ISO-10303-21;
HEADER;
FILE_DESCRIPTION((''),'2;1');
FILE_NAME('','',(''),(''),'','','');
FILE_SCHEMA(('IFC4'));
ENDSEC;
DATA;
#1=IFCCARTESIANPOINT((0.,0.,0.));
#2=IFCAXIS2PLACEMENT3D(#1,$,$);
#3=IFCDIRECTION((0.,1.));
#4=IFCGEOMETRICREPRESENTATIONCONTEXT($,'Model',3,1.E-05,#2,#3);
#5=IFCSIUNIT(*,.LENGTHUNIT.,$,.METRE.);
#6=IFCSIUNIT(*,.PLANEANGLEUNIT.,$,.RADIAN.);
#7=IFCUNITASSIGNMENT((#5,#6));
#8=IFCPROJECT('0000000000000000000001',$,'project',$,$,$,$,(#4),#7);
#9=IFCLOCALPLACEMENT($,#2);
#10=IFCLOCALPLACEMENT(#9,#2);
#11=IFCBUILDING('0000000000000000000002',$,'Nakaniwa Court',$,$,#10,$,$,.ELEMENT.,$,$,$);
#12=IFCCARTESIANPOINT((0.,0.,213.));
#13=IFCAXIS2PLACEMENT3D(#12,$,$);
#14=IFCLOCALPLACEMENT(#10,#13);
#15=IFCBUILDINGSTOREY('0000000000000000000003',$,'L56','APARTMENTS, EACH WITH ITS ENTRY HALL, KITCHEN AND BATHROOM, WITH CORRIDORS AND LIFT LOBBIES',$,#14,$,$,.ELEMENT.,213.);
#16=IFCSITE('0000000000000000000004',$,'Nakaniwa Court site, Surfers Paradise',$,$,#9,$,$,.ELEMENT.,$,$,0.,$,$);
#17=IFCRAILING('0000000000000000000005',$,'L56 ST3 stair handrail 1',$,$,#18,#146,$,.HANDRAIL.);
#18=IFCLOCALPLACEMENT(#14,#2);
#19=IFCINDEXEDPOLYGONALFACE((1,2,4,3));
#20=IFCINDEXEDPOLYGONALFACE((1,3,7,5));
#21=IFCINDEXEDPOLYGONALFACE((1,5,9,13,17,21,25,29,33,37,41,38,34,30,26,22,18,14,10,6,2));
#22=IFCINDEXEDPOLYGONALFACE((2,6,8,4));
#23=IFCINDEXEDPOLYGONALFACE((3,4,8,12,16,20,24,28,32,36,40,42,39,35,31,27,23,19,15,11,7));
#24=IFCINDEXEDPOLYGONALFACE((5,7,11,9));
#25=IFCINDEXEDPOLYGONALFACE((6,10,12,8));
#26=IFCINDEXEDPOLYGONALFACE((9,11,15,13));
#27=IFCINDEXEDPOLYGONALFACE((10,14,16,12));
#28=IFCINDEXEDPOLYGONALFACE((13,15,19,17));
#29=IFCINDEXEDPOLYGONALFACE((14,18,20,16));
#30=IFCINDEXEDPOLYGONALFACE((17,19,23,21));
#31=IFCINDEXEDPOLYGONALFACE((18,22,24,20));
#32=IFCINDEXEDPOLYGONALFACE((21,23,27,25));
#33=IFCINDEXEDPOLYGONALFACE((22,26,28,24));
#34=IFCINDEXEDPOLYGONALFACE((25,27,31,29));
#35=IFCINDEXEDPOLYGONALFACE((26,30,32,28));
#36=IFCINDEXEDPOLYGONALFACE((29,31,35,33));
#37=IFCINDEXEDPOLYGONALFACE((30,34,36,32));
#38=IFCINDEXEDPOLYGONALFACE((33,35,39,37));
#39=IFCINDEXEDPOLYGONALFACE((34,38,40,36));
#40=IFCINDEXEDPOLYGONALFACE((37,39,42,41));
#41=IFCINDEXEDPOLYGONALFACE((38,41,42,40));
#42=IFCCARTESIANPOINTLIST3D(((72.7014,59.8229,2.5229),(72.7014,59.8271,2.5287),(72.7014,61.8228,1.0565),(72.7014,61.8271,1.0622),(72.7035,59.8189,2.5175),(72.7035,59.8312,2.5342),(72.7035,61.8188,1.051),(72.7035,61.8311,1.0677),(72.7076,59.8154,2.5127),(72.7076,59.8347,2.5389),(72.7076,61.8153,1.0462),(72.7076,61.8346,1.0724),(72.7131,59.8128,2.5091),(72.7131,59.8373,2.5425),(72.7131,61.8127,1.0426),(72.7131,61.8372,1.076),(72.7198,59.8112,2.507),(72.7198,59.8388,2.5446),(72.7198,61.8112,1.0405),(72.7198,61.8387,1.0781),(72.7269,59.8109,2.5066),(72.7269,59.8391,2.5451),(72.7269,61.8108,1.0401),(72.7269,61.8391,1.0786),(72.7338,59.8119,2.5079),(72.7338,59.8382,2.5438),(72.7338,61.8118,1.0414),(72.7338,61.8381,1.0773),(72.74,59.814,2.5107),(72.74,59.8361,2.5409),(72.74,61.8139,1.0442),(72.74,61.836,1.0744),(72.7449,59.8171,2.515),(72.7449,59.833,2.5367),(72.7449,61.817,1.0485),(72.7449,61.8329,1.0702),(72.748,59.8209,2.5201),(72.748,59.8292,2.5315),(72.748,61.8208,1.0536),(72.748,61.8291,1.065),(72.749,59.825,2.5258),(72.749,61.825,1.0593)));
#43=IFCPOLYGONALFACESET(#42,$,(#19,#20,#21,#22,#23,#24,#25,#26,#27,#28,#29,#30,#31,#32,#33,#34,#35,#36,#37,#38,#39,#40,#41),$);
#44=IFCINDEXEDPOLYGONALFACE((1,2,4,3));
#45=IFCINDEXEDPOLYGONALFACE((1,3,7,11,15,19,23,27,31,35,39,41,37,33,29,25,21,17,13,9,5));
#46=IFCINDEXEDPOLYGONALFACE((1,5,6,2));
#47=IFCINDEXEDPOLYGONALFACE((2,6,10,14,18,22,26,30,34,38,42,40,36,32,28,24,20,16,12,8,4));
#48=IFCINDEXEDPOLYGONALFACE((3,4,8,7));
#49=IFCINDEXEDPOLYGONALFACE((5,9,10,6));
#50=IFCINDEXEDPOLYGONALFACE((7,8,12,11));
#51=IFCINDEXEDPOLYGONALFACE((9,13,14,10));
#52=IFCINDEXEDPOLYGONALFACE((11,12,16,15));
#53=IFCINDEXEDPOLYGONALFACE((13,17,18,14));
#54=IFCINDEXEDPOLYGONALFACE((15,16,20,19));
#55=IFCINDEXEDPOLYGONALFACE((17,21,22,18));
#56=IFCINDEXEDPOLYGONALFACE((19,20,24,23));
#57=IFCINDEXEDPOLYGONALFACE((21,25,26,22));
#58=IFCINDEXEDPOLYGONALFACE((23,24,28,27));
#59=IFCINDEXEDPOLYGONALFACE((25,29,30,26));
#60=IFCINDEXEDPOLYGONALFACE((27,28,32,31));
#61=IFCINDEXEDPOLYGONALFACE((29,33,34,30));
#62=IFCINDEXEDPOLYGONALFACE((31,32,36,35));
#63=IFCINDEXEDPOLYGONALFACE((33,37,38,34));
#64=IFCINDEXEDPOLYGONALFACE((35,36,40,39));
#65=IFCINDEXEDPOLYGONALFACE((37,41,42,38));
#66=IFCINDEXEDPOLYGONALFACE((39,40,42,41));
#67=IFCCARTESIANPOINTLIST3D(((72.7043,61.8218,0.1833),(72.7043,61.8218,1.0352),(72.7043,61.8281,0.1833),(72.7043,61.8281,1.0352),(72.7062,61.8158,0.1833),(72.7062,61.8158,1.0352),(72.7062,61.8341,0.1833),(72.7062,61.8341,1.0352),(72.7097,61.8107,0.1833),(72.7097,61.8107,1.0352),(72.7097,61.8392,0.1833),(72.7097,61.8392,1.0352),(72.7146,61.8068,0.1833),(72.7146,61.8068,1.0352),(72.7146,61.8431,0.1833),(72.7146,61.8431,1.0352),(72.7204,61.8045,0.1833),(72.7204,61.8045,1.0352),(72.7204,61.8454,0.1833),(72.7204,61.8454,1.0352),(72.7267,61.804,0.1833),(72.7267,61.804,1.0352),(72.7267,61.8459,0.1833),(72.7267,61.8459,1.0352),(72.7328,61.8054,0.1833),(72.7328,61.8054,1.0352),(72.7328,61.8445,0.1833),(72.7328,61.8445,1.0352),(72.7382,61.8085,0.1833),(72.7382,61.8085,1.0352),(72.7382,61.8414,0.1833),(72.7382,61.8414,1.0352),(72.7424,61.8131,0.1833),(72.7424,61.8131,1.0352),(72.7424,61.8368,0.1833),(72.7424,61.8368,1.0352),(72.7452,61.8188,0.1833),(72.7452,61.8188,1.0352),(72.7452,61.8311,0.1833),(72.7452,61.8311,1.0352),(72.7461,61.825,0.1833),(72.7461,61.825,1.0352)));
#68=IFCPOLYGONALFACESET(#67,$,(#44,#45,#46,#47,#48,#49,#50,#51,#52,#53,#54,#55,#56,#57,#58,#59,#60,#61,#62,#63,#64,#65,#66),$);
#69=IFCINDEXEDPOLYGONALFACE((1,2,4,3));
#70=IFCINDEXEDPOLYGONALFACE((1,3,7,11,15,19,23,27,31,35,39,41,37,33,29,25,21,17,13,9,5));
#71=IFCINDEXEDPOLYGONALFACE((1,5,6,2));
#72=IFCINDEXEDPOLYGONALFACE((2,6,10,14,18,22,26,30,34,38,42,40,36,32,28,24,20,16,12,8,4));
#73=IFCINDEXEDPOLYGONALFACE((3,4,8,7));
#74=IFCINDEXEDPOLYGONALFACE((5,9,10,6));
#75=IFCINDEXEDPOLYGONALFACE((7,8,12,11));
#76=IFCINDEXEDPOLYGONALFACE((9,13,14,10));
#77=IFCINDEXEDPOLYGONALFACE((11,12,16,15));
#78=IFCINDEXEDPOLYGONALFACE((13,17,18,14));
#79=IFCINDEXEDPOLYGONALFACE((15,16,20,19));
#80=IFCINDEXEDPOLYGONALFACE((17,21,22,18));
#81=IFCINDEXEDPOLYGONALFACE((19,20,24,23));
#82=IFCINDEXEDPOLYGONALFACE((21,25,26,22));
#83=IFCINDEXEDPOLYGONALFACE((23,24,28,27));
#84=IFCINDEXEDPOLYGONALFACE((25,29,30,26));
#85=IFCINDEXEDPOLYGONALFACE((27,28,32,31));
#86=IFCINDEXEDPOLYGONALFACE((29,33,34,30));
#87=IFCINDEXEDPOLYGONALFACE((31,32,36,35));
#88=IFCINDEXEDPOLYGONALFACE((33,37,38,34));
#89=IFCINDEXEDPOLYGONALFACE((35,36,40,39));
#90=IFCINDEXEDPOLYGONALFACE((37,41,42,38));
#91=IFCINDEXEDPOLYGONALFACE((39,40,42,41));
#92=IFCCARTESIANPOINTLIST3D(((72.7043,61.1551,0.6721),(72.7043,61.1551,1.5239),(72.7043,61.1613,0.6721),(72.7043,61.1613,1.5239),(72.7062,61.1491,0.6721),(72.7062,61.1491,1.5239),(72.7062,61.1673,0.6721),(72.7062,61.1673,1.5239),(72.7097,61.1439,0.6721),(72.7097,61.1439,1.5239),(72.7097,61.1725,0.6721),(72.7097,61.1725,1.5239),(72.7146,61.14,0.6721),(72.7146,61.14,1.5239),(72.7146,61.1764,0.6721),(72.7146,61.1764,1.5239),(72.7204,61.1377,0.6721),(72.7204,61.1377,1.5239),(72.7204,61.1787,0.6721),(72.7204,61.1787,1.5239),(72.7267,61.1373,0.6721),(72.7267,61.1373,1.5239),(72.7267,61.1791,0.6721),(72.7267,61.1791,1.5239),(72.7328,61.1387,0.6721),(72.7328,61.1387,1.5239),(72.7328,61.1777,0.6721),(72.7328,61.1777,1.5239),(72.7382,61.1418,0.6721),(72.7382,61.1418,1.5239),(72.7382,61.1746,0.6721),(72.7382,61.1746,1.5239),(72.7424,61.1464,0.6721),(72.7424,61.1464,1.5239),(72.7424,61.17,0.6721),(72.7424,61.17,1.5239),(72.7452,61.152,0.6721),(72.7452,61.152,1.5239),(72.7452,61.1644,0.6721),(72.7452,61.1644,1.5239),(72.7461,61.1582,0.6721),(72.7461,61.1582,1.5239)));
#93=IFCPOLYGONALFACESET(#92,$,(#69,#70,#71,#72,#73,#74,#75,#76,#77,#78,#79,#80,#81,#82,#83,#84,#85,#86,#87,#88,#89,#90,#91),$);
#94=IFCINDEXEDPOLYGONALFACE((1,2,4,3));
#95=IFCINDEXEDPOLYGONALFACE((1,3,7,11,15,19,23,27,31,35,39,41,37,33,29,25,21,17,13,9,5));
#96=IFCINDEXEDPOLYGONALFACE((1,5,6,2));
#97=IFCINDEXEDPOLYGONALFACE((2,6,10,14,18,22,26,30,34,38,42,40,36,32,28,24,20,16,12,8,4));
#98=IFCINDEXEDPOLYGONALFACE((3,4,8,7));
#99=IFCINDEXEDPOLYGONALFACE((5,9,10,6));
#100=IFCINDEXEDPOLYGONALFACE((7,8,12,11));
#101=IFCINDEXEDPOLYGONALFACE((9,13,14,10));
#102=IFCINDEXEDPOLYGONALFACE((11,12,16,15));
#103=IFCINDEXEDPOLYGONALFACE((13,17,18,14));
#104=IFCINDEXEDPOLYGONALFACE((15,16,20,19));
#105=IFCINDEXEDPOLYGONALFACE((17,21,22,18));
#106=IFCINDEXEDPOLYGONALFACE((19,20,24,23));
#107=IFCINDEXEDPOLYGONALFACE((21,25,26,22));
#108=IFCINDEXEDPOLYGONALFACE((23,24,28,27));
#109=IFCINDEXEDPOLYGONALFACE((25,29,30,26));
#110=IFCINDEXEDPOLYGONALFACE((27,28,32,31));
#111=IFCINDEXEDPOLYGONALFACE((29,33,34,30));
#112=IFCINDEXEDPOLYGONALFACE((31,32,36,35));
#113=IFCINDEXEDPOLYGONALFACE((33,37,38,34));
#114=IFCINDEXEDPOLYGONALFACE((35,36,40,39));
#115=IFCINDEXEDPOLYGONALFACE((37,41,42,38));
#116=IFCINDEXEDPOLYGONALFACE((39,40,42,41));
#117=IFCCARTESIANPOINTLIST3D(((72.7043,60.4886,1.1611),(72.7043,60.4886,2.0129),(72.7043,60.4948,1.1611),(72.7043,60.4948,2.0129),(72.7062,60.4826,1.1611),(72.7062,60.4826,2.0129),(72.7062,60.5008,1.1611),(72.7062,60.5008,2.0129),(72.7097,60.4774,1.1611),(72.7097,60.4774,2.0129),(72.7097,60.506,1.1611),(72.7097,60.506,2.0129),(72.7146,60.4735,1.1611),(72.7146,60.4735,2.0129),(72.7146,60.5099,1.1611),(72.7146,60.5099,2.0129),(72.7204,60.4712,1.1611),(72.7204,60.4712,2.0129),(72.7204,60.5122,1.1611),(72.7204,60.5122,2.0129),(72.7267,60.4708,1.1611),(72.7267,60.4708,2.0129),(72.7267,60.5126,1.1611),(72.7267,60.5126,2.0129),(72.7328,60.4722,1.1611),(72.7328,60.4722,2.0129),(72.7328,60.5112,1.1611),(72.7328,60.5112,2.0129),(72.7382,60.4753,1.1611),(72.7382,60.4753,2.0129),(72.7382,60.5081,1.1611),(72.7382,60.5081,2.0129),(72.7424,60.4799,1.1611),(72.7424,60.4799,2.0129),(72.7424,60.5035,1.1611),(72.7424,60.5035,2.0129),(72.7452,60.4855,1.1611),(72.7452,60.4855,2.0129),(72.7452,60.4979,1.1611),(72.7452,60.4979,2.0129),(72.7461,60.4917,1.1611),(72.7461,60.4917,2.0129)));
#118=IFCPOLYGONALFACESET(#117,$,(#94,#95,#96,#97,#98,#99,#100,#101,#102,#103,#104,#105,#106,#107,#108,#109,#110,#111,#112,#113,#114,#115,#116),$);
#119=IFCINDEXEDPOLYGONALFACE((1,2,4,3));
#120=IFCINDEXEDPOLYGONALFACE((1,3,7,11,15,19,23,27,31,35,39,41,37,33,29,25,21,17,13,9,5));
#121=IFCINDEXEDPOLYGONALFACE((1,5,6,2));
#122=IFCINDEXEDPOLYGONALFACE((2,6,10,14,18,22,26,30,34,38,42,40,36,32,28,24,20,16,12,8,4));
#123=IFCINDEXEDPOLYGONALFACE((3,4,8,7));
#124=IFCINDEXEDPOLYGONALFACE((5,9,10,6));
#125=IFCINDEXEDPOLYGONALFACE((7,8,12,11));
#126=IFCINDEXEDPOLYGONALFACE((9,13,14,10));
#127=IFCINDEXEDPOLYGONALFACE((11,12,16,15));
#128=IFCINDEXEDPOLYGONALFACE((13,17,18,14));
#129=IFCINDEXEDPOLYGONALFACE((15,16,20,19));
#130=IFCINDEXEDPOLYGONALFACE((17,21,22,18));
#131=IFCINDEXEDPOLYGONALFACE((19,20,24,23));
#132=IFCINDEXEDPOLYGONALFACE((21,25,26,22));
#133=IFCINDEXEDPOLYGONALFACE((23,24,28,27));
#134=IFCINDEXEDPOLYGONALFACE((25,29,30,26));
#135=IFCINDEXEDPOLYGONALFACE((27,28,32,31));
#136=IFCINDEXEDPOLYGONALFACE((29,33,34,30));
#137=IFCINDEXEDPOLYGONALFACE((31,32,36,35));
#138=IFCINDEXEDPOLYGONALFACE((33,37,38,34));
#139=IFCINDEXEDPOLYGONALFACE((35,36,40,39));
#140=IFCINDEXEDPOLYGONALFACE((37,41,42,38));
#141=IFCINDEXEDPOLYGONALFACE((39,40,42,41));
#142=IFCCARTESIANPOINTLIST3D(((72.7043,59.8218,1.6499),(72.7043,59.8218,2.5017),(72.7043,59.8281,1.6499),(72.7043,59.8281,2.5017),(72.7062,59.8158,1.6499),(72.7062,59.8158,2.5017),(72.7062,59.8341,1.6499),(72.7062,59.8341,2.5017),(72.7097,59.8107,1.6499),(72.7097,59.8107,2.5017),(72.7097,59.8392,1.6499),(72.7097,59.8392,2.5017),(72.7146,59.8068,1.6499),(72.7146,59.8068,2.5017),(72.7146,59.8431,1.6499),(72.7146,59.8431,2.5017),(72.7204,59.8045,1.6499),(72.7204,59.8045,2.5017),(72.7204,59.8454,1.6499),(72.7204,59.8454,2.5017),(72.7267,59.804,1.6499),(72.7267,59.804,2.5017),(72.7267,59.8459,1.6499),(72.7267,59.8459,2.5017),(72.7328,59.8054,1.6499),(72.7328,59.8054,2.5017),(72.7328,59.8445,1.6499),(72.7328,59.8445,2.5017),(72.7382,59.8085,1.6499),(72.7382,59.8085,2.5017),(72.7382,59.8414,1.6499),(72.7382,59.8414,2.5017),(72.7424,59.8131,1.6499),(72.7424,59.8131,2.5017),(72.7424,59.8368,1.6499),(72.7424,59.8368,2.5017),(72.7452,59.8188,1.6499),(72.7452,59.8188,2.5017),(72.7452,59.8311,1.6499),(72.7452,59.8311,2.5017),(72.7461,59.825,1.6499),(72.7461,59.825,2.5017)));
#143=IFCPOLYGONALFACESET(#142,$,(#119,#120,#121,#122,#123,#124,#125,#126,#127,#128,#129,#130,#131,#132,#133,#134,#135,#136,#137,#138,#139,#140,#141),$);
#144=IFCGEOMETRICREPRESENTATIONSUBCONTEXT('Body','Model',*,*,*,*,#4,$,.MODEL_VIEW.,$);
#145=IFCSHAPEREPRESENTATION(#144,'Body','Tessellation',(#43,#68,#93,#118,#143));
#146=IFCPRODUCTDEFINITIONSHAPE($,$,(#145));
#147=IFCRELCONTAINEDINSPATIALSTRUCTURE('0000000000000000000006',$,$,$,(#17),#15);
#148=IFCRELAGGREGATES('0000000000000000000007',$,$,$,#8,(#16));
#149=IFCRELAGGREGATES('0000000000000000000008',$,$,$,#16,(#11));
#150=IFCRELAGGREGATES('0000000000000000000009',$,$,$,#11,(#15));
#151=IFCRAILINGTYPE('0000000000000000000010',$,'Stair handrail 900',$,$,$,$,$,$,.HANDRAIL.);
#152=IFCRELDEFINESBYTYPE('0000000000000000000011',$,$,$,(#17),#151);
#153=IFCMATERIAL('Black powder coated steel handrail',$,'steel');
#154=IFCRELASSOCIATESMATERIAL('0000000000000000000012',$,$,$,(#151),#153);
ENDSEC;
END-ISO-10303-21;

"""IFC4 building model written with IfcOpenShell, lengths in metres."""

from ifc_helpers import new_model, si_unit, direction, frame, origin, origin_2d, place, context, subcontext, project, spatial, circle, extrude, material, type_object, element, save


model = new_model("IFC4")

# Units and contexts
model_context = context("Model", 3, precision=1e-05, world=origin(), true_north=direction((0.0, 1.0)))
body_context = subcontext(model_context, "Body", "Model", "MODEL_VIEW")
ifc_project = project(units=[si_unit("LENGTHUNIT", "METRE"), si_unit("PLANEANGLEUNIT", "RADIAN")], contexts=[model_context])

# Site, building, storey
site_placement = place(None, origin())
site = spatial("IfcSite", under=ifc_project, at=site_placement, Name="Nakaniwa Court site, Surfers Paradise", CompositionType="ELEMENT", RefElevation=0.0)
building_placement = place(site_placement, origin())
building = spatial("IfcBuilding", under=site, at=building_placement, Name="Nakaniwa Court", CompositionType="ELEMENT")
storey_placement = place(building_placement, frame((0.0, 0.0, 213.0)))
storey = spatial("IfcBuildingStorey", under=building, at=storey_placement, Name="L56", Description="APARTMENTS, EACH WITH ITS ENTRY HALL, KITCHEN AND BATHROOM, WITH CORRIDORS AND LIFT LOBBIES", CompositionType="ELEMENT", Elevation=213.0)

# Railing
ifc_material_1 = material(Name="Black powder coated steel handrail", Category="steel")
railing_type_1 = type_object("IfcRailingType", Name="Stair handrail 900", PredefinedType="HANDRAIL", material=ifc_material_1)
railing_1_placement = place(storey_placement, frame((72.7251, 61.825, 0.1833)))
element("IfcRailing", 1, at=railing_1_placement, inside=storey, type_object=railing_type_1, Name="L56 ST3 stair handrail 1", PredefinedType="HANDRAIL", context=body_context, shape_type="SweptSolid", body=[
    extrude(circle(Radius=0.0239, at=origin_2d()), frame((0.0, 0.0, 0.876), z_axis=(0.0, -0.806427, 0.591334), x_axis=(1.0, 0.0, 0.0)), (0.0, 0.0, 1.0), 2.48),
    extrude(circle(Radius=0.021, at=origin_2d()), origin(), (0.0, 0.0, 1.0), 0.8518),
    extrude(circle(Radius=0.021, at=origin_2d()), frame((0.0, -0.6667, 0.4888)), (0.0, 0.0, 1.0), 0.8518),
    extrude(circle(Radius=0.021, at=origin_2d()), frame((0.0, -1.3333, 0.9778)), (0.0, 0.0, 1.0), 0.8518),
    extrude(circle(Radius=0.021, at=origin_2d()), frame((0.0, -2.0, 1.4666)), (0.0, 0.0, 1.0), 0.8518),
])

save(model, "model.ifc")
